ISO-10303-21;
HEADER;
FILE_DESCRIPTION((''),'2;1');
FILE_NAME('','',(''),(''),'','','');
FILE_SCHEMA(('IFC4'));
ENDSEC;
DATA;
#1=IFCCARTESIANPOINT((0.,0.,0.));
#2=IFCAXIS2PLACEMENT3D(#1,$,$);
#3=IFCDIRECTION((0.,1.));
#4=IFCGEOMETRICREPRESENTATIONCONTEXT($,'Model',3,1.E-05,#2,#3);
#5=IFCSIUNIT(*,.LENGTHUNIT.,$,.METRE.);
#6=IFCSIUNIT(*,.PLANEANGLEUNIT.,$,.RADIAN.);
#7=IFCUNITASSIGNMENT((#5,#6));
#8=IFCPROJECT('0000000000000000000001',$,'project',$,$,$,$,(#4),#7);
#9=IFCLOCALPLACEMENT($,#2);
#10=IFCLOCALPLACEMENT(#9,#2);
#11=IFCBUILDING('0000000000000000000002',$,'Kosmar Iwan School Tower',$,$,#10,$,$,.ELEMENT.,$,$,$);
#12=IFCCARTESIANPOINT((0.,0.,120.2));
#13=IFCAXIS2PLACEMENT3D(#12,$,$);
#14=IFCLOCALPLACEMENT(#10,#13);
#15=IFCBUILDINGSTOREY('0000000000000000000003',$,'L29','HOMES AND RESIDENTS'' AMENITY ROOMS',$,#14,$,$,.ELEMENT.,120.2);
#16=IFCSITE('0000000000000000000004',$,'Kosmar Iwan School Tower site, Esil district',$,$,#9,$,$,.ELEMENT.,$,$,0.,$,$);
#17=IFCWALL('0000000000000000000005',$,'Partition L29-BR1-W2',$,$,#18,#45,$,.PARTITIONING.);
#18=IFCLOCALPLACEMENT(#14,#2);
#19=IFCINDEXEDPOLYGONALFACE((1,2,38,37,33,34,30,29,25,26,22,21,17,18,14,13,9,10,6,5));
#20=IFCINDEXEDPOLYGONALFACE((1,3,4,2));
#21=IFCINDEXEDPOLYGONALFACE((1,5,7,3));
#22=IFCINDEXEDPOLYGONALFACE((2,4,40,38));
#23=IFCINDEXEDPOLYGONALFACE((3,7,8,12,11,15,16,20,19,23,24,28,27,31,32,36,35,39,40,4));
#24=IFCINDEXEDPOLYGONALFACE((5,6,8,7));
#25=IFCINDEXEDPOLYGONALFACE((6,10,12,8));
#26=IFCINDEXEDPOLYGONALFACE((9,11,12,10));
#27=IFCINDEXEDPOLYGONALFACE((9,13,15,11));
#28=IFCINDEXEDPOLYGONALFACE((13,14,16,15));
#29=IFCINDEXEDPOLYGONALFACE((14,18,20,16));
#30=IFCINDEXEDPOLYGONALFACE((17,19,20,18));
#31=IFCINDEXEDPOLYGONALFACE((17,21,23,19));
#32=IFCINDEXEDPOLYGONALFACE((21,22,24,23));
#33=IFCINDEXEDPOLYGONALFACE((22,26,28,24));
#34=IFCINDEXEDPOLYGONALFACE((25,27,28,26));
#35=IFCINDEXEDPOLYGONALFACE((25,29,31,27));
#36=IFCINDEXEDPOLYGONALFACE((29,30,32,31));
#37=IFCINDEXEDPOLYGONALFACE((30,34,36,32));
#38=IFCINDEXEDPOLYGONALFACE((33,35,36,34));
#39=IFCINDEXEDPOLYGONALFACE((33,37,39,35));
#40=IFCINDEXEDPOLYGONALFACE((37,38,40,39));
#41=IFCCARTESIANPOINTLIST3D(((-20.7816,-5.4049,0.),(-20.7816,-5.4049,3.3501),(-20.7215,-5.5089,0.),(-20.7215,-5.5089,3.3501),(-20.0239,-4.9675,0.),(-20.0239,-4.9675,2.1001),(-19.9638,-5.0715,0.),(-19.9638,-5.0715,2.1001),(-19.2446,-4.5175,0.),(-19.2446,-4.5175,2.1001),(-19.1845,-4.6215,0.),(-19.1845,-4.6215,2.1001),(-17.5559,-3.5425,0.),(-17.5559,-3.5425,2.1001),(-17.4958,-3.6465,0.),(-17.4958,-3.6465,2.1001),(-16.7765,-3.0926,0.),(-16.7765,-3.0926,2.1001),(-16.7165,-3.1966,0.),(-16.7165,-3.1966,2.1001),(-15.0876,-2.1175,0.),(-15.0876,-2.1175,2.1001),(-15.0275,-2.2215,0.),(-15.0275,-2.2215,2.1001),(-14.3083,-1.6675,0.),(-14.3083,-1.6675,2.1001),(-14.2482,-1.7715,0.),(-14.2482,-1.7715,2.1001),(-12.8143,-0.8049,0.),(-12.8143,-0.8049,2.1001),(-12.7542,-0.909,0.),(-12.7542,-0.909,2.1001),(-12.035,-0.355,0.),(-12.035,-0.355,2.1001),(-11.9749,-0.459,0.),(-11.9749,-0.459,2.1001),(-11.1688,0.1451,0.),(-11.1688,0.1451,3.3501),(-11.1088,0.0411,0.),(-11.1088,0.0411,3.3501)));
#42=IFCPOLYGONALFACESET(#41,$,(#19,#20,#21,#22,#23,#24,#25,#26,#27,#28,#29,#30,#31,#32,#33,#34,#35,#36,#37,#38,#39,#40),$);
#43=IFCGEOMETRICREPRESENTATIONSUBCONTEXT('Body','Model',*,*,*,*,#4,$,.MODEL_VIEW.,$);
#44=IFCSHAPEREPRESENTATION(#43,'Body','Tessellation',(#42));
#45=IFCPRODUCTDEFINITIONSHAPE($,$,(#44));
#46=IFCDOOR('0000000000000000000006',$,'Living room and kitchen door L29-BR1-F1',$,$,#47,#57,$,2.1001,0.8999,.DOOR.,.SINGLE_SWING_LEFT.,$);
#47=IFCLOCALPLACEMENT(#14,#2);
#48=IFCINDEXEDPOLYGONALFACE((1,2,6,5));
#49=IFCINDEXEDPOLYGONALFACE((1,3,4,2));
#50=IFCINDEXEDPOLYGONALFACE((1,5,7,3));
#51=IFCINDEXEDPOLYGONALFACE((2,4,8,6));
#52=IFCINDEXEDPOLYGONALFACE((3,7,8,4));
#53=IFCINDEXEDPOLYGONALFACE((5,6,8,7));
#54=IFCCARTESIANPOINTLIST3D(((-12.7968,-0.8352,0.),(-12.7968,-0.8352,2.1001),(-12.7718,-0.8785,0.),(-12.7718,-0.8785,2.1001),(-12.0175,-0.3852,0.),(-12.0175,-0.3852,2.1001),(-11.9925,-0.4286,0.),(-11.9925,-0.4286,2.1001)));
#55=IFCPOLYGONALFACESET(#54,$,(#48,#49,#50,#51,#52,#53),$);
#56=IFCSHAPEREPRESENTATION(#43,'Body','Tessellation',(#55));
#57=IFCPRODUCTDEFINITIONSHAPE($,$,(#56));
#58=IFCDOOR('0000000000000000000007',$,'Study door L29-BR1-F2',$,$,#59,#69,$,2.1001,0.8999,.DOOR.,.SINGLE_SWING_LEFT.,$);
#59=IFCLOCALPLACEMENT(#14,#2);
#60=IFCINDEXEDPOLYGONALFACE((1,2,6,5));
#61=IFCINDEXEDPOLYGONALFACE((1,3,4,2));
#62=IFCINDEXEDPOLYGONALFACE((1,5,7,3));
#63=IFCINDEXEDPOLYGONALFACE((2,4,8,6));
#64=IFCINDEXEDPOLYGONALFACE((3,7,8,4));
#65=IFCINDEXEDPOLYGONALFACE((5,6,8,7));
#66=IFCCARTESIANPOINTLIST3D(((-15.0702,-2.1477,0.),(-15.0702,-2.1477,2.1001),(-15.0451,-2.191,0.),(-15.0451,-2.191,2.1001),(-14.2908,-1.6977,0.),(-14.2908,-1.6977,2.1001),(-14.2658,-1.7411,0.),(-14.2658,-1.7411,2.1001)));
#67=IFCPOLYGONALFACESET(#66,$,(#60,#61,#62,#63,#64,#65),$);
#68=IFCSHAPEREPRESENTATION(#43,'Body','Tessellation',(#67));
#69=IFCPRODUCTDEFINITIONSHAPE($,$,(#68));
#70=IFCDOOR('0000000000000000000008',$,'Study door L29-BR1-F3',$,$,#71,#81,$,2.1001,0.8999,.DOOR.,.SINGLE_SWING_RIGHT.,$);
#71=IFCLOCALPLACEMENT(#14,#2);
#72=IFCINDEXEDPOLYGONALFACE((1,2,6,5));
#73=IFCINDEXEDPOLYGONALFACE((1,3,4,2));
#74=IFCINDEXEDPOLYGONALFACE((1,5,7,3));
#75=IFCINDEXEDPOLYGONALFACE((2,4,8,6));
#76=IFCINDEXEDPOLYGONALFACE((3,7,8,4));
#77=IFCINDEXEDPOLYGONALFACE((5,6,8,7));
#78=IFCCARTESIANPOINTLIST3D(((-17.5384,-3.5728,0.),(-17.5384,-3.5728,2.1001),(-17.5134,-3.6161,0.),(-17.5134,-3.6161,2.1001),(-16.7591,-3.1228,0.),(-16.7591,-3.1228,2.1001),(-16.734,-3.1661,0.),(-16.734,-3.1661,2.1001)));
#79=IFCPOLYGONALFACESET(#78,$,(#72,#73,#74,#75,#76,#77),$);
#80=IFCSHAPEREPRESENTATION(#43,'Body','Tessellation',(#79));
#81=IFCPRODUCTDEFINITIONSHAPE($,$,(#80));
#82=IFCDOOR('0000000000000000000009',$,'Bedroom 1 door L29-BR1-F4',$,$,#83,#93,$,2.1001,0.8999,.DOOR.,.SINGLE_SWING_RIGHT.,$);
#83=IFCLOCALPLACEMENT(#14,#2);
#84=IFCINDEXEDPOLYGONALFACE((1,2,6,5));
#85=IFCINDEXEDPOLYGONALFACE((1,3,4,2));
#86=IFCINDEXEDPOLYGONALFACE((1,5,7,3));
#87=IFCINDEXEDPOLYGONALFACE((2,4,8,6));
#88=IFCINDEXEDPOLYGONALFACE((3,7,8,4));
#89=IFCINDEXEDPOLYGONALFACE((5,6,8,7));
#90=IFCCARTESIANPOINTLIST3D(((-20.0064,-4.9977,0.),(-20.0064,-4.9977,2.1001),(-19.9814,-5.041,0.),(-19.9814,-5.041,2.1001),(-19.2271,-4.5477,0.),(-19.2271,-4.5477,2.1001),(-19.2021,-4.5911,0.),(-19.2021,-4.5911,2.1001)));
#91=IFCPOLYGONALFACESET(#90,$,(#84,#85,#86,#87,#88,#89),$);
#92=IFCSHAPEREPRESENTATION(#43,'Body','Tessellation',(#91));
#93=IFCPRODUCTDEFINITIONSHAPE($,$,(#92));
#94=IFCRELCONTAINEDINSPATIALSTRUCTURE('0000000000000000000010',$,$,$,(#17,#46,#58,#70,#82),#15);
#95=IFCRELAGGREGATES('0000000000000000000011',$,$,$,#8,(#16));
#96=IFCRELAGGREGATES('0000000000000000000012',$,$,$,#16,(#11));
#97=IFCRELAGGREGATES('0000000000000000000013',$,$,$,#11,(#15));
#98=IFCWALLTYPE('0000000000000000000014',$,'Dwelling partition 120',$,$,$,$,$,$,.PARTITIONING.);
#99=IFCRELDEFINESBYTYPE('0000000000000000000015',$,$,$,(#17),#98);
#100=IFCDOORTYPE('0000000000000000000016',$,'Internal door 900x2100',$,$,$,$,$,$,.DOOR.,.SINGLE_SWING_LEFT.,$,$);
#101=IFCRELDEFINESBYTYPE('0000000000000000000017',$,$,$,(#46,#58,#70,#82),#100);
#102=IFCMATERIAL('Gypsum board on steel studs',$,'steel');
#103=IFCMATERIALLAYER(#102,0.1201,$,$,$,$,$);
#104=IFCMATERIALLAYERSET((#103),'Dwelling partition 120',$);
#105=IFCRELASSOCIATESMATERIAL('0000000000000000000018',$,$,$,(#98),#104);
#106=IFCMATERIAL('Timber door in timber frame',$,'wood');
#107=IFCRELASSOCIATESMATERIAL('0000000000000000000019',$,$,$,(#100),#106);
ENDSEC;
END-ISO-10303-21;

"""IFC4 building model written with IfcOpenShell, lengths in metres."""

from ifc_helpers import new_model, si_unit, direction, frame, frame_2d, origin, place, context, subcontext, project, spatial, rectangle, extrude, material, layer, layer_set, type_object, element, fill, save


model = new_model("IFC4")

# Units and contexts
model_context = context("Model", 3, precision=1e-05, world=origin(), true_north=direction((0.0, 1.0)))
body_context = subcontext(model_context, "Body", "Model", "MODEL_VIEW")
ifc_project = project(units=[si_unit("LENGTHUNIT", "METRE"), si_unit("PLANEANGLEUNIT", "RADIAN")], contexts=[model_context])

# Site, building, storey
site_placement = place(None, origin())
site = spatial("IfcSite", under=ifc_project, at=site_placement, Name="Kosmar Iwan School Tower site, Esil district", CompositionType="ELEMENT", RefElevation=0.0)
building_placement = place(site_placement, origin())
building = spatial("IfcBuilding", under=site, at=building_placement, Name="Kosmar Iwan School Tower", CompositionType="ELEMENT")
storey_placement = place(building_placement, frame((0.0, 0.0, 120.2)))
storey = spatial("IfcBuildingStorey", under=building, at=storey_placement, Name="L29", Description="HOMES AND RESIDENTS' AMENITY ROOMS", CompositionType="ELEMENT", Elevation=120.2)

# Wall, openings, doors
ifc_material_1 = material(Name="Gypsum board on steel studs", Category="steel")
ifc_layer = layer(ifc_material_1, 0.1201)
ifc_layer_set = layer_set([ifc_layer], Name="Dwelling partition 120")
wall_type = type_object("IfcWallType", Name="Dwelling partition 120", PredefinedType="PARTITIONING", material=ifc_layer_set)
ifc_material_2 = material(Name="Timber door in timber frame", Category="wood")
door_type_1 = type_object("IfcDoorType", Name="Internal door 900x2100", OperationType="SINGLE_SWING_LEFT", PredefinedType="DOOR", material=ifc_material_2)
wall_1_placement = place(storey_placement, frame((-11.1389, 0.093, 0.0), z_axis=(0.0, 0.0, 1.0), x_axis=(-0.866021, -0.500007, 0.0)))
wall_1 = element("IfcWall", 1, at=wall_1_placement, inside=storey, type_object=wall_type, Name="Partition L29-BR1-W2", PredefinedType="PARTITIONING", context=body_context, shape_type="SweptSolid", body=[
    extrude(rectangle(XDim=11.0999, YDim=0.1201, at=frame_2d((5.5498, 0.0))), origin(), (0.0, 0.0, 1.0), 3.3501),
])
opening_1_placement = place(wall_1_placement, frame((1.0, 0.0, 0.0)))
opening_1 = element("IfcOpeningElement", 2, at=opening_1_placement, cuts=wall_1, PredefinedType="OPENING", context=body_context, shape_type="SweptSolid", body=[
    extrude(rectangle(XDim=0.8999, YDim=2.1001, at=frame_2d((0.45, 1.05))), frame((0.0, 0.072, 0.0), z_axis=(0.0, -1.0, 0.0), x_axis=(1.0, 0.0, 0.0)), (0.0, 0.0, 1.0), 0.144),
])
opening_2_placement = place(wall_1_placement, frame((3.625, 0.0, 0.0)))
opening_2 = element("IfcOpeningElement", 3, at=opening_2_placement, cuts=wall_1, PredefinedType="OPENING", context=body_context, shape_type="SweptSolid", body=[
    extrude(rectangle(XDim=0.8999, YDim=2.1001, at=frame_2d((0.45, 1.05))), frame((0.0, 0.072, 0.0), z_axis=(0.0, -1.0, 0.0), x_axis=(1.0, 0.0, 0.0)), (0.0, 0.0, 1.0), 0.144),
])
opening_3_placement = place(wall_1_placement, frame((6.4751, 0.0, 0.0)))
opening_3 = element("IfcOpeningElement", 4, at=opening_3_placement, cuts=wall_1, PredefinedType="OPENING", context=body_context, shape_type="SweptSolid", body=[
    extrude(rectangle(XDim=0.8999, YDim=2.1001, at=frame_2d((0.45, 1.05))), frame((0.0, 0.072, 0.0), z_axis=(0.0, -1.0, 0.0), x_axis=(1.0, 0.0, 0.0)), (0.0, 0.0, 1.0), 0.144),
])
opening_4_placement = place(wall_1_placement, frame((9.325, 0.0, 0.0)))
opening_4 = element("IfcOpeningElement", 5, at=opening_4_placement, cuts=wall_1, PredefinedType="OPENING", context=body_context, shape_type="SweptSolid", body=[
    extrude(rectangle(XDim=0.8999, YDim=2.1001, at=frame_2d((0.45, 1.05))), frame((0.0, 0.072, 0.0), z_axis=(0.0, -1.0, 0.0), x_axis=(1.0, 0.0, 0.0)), (0.0, 0.0, 1.0), 0.144),
])
door_1_placement = place(opening_1_placement, origin())
door_1 = element("IfcDoor", 6, at=door_1_placement, inside=storey, type_object=door_type_1, Name="Living room and kitchen door L29-BR1-F1", OperationType="SINGLE_SWING_LEFT", OverallHeight=2.1001, OverallWidth=0.8999, PredefinedType="DOOR", context=body_context, shape_type="SweptSolid", body=[
    extrude(rectangle(XDim=0.8999, YDim=2.1001, at=frame_2d((0.45, 1.05))), frame((0.0, 0.0249, 0.0), z_axis=(0.0, -1.0, 0.0), x_axis=(1.0, 0.0, 0.0)), (0.0, 0.0, 1.0), 0.05),
])
fill(opening_1, door_1)
door_2_placement = place(opening_2_placement, origin())
door_2 = element("IfcDoor", 7, at=door_2_placement, inside=storey, type_object=door_type_1, Name="Study door L29-BR1-F2", OperationType="SINGLE_SWING_LEFT", OverallHeight=2.1001, OverallWidth=0.8999, PredefinedType="DOOR", context=body_context, shape_type="SweptSolid", body=[
    extrude(rectangle(XDim=0.8999, YDim=2.1001, at=frame_2d((0.45, 1.05))), frame((0.0, 0.0249, 0.0), z_axis=(0.0, -1.0, 0.0), x_axis=(1.0, 0.0, 0.0)), (0.0, 0.0, 1.0), 0.05),
])
fill(opening_2, door_2)
door_3_placement = place(opening_3_placement, origin())
door_3 = element("IfcDoor", 8, at=door_3_placement, inside=storey, type_object=door_type_1, Name="Study door L29-BR1-F3", OperationType="SINGLE_SWING_RIGHT", OverallHeight=2.1001, OverallWidth=0.8999, PredefinedType="DOOR", context=body_context, shape_type="SweptSolid", body=[
    extrude(rectangle(XDim=0.8999, YDim=2.1001, at=frame_2d((0.45, 1.05))), frame((0.0, 0.0249, 0.0), z_axis=(0.0, -1.0, 0.0), x_axis=(1.0, 0.0, 0.0)), (0.0, 0.0, 1.0), 0.05),
])
fill(opening_3, door_3)
door_4_placement = place(opening_4_placement, origin())
door_4 = element("IfcDoor", 9, at=door_4_placement, inside=storey, type_object=door_type_1, Name="Bedroom 1 door L29-BR1-F4", OperationType="SINGLE_SWING_RIGHT", OverallHeight=2.1001, OverallWidth=0.8999, PredefinedType="DOOR", context=body_context, shape_type="SweptSolid", body=[
    extrude(rectangle(XDim=0.8999, YDim=2.1001, at=frame_2d((0.45, 1.05))), frame((0.0, 0.0249, 0.0), z_axis=(0.0, -1.0, 0.0), x_axis=(1.0, 0.0, 0.0)), (0.0, 0.0, 1.0), 0.05),
])
fill(opening_4, door_4)

save(model, "model.ifc")
